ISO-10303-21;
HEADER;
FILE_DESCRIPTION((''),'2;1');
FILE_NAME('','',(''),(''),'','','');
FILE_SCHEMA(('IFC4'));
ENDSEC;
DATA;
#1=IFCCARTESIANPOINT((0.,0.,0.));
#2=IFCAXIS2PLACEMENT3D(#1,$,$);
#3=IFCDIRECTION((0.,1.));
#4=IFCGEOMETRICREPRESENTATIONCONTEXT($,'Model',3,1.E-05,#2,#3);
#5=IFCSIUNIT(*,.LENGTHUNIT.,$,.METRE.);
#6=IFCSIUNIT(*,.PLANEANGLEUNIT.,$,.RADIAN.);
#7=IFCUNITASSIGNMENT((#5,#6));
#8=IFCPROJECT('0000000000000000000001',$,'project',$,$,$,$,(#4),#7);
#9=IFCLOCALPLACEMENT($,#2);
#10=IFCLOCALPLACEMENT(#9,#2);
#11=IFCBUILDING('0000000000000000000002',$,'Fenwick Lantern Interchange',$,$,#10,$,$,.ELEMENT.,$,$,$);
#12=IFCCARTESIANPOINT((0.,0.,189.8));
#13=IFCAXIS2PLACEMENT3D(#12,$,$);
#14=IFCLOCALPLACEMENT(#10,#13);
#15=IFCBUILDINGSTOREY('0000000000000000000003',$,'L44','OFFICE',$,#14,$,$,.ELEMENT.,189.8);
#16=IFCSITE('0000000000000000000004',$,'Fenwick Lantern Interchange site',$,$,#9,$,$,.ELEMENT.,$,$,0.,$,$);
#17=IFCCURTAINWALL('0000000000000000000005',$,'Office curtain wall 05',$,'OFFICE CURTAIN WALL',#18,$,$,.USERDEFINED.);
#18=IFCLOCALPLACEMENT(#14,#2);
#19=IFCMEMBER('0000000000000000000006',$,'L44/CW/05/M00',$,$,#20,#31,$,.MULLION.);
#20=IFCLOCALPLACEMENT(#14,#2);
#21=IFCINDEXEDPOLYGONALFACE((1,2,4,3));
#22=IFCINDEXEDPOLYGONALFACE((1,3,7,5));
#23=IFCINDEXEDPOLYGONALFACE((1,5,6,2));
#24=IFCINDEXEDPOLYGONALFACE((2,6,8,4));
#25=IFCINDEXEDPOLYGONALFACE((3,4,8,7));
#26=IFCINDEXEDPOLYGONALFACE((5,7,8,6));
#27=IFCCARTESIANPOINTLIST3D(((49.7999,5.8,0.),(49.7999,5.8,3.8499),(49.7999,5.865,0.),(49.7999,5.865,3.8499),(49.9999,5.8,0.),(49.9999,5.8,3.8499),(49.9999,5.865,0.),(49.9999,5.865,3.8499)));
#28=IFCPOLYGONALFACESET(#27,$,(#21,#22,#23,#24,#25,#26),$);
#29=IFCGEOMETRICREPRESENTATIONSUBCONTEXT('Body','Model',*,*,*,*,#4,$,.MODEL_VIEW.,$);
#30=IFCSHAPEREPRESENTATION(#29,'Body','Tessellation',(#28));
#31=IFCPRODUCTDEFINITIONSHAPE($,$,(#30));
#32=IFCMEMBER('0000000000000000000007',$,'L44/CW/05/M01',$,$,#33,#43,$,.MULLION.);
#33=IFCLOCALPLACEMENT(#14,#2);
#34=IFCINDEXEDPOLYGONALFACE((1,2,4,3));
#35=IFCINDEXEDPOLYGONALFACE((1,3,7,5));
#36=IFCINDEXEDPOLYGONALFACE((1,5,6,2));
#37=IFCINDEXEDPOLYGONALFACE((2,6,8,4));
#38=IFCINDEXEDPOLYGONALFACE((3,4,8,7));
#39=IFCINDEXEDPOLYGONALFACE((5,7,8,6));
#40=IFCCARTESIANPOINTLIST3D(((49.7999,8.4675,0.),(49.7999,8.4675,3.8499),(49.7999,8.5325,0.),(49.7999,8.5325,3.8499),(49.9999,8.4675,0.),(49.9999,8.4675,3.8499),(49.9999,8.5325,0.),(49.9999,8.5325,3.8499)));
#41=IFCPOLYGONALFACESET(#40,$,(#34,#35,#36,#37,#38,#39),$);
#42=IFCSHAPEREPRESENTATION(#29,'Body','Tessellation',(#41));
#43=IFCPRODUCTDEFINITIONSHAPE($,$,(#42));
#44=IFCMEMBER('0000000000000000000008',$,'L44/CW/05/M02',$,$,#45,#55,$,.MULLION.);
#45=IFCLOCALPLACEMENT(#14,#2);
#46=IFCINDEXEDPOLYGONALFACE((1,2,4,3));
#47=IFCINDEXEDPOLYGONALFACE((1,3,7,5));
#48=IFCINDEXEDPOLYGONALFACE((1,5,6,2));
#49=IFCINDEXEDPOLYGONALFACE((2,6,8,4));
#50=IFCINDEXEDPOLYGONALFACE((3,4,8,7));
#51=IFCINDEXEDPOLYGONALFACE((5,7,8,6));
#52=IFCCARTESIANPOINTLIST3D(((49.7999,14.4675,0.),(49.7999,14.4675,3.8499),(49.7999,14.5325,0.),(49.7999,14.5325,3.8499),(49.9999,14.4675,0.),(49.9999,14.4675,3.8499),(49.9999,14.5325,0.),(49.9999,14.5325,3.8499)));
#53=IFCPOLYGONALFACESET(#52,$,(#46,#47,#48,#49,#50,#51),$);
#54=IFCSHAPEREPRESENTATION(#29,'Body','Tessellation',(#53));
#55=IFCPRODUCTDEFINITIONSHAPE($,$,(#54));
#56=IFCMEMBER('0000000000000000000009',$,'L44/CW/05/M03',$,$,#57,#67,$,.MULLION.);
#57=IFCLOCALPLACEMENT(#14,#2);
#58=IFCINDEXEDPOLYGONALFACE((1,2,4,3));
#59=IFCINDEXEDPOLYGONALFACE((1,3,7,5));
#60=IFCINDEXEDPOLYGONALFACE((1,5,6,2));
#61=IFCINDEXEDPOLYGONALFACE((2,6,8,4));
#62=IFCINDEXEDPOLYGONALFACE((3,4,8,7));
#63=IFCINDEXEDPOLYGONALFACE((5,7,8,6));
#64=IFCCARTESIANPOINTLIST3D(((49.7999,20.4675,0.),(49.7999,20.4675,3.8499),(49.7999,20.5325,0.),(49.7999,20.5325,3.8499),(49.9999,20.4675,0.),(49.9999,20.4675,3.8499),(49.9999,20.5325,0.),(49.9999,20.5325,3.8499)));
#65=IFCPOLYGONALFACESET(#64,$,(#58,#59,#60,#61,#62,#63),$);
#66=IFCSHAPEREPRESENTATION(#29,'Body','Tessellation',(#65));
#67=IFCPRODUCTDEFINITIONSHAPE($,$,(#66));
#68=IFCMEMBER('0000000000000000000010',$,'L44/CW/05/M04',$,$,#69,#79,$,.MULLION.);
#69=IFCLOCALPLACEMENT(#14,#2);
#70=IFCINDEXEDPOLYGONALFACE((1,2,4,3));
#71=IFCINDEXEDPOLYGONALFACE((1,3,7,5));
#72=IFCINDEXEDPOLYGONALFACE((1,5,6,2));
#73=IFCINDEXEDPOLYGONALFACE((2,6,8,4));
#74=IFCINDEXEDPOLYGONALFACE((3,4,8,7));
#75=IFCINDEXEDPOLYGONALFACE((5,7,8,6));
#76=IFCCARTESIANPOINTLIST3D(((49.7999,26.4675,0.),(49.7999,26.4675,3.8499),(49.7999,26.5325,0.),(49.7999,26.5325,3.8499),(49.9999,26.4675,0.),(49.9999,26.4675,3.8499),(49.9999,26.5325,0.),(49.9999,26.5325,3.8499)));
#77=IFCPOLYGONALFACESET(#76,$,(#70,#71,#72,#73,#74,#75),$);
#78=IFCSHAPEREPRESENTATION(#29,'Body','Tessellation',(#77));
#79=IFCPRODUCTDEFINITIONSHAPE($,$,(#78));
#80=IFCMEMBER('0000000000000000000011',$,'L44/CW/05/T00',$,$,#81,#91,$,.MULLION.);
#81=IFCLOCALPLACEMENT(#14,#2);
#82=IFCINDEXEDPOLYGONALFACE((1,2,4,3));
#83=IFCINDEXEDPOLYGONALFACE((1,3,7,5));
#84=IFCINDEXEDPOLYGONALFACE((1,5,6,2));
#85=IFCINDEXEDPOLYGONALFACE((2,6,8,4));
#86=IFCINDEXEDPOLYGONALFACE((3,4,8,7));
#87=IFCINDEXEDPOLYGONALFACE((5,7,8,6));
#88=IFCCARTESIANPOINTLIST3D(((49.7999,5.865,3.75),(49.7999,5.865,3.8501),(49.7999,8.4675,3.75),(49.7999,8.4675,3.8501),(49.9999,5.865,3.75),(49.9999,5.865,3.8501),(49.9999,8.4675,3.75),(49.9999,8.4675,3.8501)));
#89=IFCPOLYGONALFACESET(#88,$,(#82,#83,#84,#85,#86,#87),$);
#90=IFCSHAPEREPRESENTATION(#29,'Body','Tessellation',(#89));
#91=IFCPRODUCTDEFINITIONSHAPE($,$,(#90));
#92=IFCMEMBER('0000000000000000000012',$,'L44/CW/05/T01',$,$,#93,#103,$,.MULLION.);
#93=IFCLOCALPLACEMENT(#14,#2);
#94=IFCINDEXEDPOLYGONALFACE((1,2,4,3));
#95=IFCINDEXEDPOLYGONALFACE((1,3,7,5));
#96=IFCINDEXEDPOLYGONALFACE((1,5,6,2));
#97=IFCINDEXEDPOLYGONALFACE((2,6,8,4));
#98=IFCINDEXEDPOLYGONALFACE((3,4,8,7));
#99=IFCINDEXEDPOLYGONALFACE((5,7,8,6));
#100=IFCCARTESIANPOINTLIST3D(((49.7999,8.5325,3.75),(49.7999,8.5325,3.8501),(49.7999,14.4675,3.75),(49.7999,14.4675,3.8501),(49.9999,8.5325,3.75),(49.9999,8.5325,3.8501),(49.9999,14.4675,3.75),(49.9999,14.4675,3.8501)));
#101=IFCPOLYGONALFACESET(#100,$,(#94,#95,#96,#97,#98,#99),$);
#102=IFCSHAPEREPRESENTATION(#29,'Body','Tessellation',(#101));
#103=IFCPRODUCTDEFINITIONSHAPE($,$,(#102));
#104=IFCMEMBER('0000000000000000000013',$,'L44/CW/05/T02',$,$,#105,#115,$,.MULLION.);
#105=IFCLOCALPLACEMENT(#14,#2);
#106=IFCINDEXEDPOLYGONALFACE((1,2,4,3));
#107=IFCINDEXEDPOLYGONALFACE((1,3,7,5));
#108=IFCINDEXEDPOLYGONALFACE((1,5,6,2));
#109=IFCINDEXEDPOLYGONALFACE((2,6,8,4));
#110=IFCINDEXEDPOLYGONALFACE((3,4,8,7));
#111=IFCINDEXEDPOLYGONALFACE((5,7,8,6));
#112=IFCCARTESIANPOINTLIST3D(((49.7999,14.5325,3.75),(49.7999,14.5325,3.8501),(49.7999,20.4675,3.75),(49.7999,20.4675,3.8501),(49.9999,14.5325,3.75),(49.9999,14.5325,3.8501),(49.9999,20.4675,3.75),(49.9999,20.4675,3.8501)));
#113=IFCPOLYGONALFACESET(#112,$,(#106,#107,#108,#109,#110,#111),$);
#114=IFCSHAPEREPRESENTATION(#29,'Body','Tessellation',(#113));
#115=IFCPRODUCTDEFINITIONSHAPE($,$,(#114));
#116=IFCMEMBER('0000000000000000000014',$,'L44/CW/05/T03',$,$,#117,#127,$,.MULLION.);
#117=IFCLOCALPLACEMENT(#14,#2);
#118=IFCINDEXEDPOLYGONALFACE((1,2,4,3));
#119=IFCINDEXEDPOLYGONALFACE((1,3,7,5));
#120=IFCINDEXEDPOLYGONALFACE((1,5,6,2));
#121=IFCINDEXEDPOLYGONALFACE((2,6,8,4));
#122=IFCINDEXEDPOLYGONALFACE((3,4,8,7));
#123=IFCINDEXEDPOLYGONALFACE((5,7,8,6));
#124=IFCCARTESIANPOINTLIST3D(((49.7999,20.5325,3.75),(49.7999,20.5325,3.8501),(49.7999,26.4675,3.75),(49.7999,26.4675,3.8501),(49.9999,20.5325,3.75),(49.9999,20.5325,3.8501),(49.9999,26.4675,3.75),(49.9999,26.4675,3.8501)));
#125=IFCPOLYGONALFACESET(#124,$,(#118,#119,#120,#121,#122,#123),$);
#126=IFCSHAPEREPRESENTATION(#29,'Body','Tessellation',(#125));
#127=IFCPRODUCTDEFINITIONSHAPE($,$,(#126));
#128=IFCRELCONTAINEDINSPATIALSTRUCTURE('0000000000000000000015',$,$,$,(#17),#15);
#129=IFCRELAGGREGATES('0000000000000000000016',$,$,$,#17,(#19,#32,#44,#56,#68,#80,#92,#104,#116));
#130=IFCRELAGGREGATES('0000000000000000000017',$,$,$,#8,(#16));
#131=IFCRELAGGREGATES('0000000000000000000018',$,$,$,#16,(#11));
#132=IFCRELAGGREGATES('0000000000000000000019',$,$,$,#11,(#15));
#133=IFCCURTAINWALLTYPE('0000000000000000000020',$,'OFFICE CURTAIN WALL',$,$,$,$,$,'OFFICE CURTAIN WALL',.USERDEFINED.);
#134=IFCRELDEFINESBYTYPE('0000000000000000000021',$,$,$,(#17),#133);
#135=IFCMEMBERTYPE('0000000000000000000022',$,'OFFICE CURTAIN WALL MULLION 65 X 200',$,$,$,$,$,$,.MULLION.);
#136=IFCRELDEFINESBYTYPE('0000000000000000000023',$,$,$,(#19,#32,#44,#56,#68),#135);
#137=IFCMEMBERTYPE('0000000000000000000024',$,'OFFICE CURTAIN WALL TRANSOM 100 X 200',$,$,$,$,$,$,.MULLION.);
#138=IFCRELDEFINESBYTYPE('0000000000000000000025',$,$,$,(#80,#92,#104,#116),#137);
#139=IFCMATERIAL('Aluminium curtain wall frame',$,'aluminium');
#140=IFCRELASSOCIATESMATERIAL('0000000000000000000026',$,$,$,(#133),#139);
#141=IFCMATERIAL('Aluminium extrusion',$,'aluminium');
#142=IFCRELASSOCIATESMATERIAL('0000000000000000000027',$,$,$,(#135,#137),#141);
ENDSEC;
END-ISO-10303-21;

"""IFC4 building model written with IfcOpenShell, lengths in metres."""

from ifc_helpers import new_model, si_unit, direction, frame, origin, origin_2d, place, context, subcontext, project, spatial, rectangle, extrude, material, material_profile, profile_set, type_object, element, aggregate, save


model = new_model("IFC4")

# Units and contexts
model_context = context("Model", 3, precision=1e-05, world=origin(), true_north=direction((0.0, 1.0)))
body_context = subcontext(model_context, "Body", "Model", "MODEL_VIEW")
ifc_project = project(units=[si_unit("LENGTHUNIT", "METRE"), si_unit("PLANEANGLEUNIT", "RADIAN")], contexts=[model_context])

# Site, building, storey
site_placement = place(None, origin())
site = spatial("IfcSite", under=ifc_project, at=site_placement, Name="Fenwick Lantern Interchange site", CompositionType="ELEMENT", RefElevation=0.0)
building_placement = place(site_placement, origin())
building = spatial("IfcBuilding", under=site, at=building_placement, Name="Fenwick Lantern Interchange", CompositionType="ELEMENT")
storey_placement = place(building_placement, frame((0.0, 0.0, 189.8)))
storey = spatial("IfcBuildingStorey", under=building, at=storey_placement, Name="L44", Description="OFFICE", CompositionType="ELEMENT", Elevation=189.8)

# Curtain wall, members
ifc_material_1 = material(Name="Aluminium curtain wall frame", Category="aluminium")
curtain_wall_type = type_object("IfcCurtainWallType", Name="OFFICE CURTAIN WALL", ElementType="OFFICE CURTAIN WALL", PredefinedType="USERDEFINED", material=ifc_material_1)
curtain_wall_placement = place(storey_placement, origin())
curtain_wall = element("IfcCurtainWall", 1, at=curtain_wall_placement, inside=storey, type_object=curtain_wall_type, Name="Office curtain wall 05", ObjectType="OFFICE CURTAIN WALL", PredefinedType="USERDEFINED")
ifc_material_2 = material(Name="Aluminium extrusion", Category="aluminium")
ifc_material_profile_1 = material_profile(ifc_material_2, rectangle(XDim=0.2, YDim=0.0649, at=origin_2d()), Name="OFFICE CURTAIN WALL MULLION 65 X 200")
ifc_profile_set_1 = profile_set([ifc_material_profile_1], Name="Aluminium extrusion")
member_type_1 = type_object("IfcMemberType", Name="OFFICE CURTAIN WALL MULLION 65 X 200", PredefinedType="MULLION", material=ifc_profile_set_1)
member_1_placement = place(storey_placement, frame((49.8999, 5.8325, 0.0), z_axis=(0.0, 0.0, 1.0), x_axis=(-1.0, 0.0, 0.0)))
member_1 = element("IfcMember", 2, at=member_1_placement, type_object=member_type_1, Name="L44/CW/05/M00", PredefinedType="MULLION", context=body_context, shape_type="SweptSolid", body=[
    extrude(rectangle(XDim=0.2, YDim=0.0649, at=origin_2d()), origin(), (0.0, 0.0, 1.0), 3.8499),
])
member_2_placement = place(storey_placement, frame((49.8999, 8.5, 0.0), z_axis=(0.0, 0.0, 1.0), x_axis=(-1.0, 0.0, 0.0)))
member_2 = element("IfcMember", 3, at=member_2_placement, type_object=member_type_1, Name="L44/CW/05/M01", PredefinedType="MULLION", context=body_context, shape_type="SweptSolid", body=[
    extrude(rectangle(XDim=0.2, YDim=0.0649, at=origin_2d()), origin(), (0.0, 0.0, 1.0), 3.8499),
])
member_3_placement = place(storey_placement, frame((49.8999, 14.5, 0.0), z_axis=(0.0, 0.0, 1.0), x_axis=(-1.0, 0.0, 0.0)))
member_3 = element("IfcMember", 4, at=member_3_placement, type_object=member_type_1, Name="L44/CW/05/M02", PredefinedType="MULLION", context=body_context, shape_type="SweptSolid", body=[
    extrude(rectangle(XDim=0.2, YDim=0.0649, at=origin_2d()), origin(), (0.0, 0.0, 1.0), 3.8499),
])
member_4_placement = place(storey_placement, frame((49.8999, 20.5, 0.0), z_axis=(0.0, 0.0, 1.0), x_axis=(-1.0, 0.0, 0.0)))
member_4 = element("IfcMember", 5, at=member_4_placement, type_object=member_type_1, Name="L44/CW/05/M03", PredefinedType="MULLION", context=body_context, shape_type="SweptSolid", body=[
    extrude(rectangle(XDim=0.2, YDim=0.0649, at=origin_2d()), origin(), (0.0, 0.0, 1.0), 3.8499),
])
member_5_placement = place(storey_placement, frame((49.8999, 26.5, 0.0), z_axis=(0.0, 0.0, 1.0), x_axis=(-1.0, 0.0, 0.0)))
member_5 = element("IfcMember", 6, at=member_5_placement, type_object=member_type_1, Name="L44/CW/05/M04", PredefinedType="MULLION", context=body_context, shape_type="SweptSolid", body=[
    extrude(rectangle(XDim=0.2, YDim=0.0649, at=origin_2d()), origin(), (0.0, 0.0, 1.0), 3.8499),
])
ifc_material_profile_2 = material_profile(ifc_material_2, rectangle(XDim=0.2, YDim=0.1001, at=origin_2d()), Name="OFFICE CURTAIN WALL TRANSOM 100 X 200")
ifc_profile_set_2 = profile_set([ifc_material_profile_2], Name="Aluminium extrusion")
member_type_2 = type_object("IfcMemberType", Name="OFFICE CURTAIN WALL TRANSOM 100 X 200", PredefinedType="MULLION", material=ifc_profile_set_2)
member_6_placement = place(storey_placement, frame((49.8999, 5.865, 3.8), z_axis=(0.0, 1.0, 0.0), x_axis=(-1.0, 0.0, 0.0)))
member_6 = element("IfcMember", 7, at=member_6_placement, type_object=member_type_2, Name="L44/CW/05/T00", PredefinedType="MULLION", context=body_context, shape_type="SweptSolid", body=[
    extrude(rectangle(XDim=0.2, YDim=0.1001, at=origin_2d()), origin(), (0.0, 0.0, 1.0), 2.6025),
])
member_7_placement = place(storey_placement, frame((49.8999, 8.5325, 3.8), z_axis=(0.0, 1.0, 0.0), x_axis=(-1.0, 0.0, 0.0)))
member_7 = element("IfcMember", 8, at=member_7_placement, type_object=member_type_2, Name="L44/CW/05/T01", PredefinedType="MULLION", context=body_context, shape_type="SweptSolid", body=[
    extrude(rectangle(XDim=0.2, YDim=0.1001, at=origin_2d()), origin(), (0.0, 0.0, 1.0), 5.9351),
])
member_8_placement = place(storey_placement, frame((49.8999, 14.5325, 3.8), z_axis=(0.0, 1.0, 0.0), x_axis=(-1.0, 0.0, 0.0)))
member_8 = element("IfcMember", 9, at=member_8_placement, type_object=member_type_2, Name="L44/CW/05/T02", PredefinedType="MULLION", context=body_context, shape_type="SweptSolid", body=[
    extrude(rectangle(XDim=0.2, YDim=0.1001, at=origin_2d()), origin(), (0.0, 0.0, 1.0), 5.9351),
])
member_9_placement = place(storey_placement, frame((49.8999, 20.5325, 3.8), z_axis=(0.0, 1.0, 0.0), x_axis=(-1.0, 0.0, 0.0)))
member_9 = element("IfcMember", 10, at=member_9_placement, type_object=member_type_2, Name="L44/CW/05/T03", PredefinedType="MULLION", context=body_context, shape_type="SweptSolid", body=[
    extrude(rectangle(XDim=0.2, YDim=0.1001, at=origin_2d()), origin(), (0.0, 0.0, 1.0), 5.9351),
])
aggregate(curtain_wall, [member_1, member_2, member_3, member_4, member_5, member_6, member_7, member_8, member_9])

save(model, "model.ifc")
